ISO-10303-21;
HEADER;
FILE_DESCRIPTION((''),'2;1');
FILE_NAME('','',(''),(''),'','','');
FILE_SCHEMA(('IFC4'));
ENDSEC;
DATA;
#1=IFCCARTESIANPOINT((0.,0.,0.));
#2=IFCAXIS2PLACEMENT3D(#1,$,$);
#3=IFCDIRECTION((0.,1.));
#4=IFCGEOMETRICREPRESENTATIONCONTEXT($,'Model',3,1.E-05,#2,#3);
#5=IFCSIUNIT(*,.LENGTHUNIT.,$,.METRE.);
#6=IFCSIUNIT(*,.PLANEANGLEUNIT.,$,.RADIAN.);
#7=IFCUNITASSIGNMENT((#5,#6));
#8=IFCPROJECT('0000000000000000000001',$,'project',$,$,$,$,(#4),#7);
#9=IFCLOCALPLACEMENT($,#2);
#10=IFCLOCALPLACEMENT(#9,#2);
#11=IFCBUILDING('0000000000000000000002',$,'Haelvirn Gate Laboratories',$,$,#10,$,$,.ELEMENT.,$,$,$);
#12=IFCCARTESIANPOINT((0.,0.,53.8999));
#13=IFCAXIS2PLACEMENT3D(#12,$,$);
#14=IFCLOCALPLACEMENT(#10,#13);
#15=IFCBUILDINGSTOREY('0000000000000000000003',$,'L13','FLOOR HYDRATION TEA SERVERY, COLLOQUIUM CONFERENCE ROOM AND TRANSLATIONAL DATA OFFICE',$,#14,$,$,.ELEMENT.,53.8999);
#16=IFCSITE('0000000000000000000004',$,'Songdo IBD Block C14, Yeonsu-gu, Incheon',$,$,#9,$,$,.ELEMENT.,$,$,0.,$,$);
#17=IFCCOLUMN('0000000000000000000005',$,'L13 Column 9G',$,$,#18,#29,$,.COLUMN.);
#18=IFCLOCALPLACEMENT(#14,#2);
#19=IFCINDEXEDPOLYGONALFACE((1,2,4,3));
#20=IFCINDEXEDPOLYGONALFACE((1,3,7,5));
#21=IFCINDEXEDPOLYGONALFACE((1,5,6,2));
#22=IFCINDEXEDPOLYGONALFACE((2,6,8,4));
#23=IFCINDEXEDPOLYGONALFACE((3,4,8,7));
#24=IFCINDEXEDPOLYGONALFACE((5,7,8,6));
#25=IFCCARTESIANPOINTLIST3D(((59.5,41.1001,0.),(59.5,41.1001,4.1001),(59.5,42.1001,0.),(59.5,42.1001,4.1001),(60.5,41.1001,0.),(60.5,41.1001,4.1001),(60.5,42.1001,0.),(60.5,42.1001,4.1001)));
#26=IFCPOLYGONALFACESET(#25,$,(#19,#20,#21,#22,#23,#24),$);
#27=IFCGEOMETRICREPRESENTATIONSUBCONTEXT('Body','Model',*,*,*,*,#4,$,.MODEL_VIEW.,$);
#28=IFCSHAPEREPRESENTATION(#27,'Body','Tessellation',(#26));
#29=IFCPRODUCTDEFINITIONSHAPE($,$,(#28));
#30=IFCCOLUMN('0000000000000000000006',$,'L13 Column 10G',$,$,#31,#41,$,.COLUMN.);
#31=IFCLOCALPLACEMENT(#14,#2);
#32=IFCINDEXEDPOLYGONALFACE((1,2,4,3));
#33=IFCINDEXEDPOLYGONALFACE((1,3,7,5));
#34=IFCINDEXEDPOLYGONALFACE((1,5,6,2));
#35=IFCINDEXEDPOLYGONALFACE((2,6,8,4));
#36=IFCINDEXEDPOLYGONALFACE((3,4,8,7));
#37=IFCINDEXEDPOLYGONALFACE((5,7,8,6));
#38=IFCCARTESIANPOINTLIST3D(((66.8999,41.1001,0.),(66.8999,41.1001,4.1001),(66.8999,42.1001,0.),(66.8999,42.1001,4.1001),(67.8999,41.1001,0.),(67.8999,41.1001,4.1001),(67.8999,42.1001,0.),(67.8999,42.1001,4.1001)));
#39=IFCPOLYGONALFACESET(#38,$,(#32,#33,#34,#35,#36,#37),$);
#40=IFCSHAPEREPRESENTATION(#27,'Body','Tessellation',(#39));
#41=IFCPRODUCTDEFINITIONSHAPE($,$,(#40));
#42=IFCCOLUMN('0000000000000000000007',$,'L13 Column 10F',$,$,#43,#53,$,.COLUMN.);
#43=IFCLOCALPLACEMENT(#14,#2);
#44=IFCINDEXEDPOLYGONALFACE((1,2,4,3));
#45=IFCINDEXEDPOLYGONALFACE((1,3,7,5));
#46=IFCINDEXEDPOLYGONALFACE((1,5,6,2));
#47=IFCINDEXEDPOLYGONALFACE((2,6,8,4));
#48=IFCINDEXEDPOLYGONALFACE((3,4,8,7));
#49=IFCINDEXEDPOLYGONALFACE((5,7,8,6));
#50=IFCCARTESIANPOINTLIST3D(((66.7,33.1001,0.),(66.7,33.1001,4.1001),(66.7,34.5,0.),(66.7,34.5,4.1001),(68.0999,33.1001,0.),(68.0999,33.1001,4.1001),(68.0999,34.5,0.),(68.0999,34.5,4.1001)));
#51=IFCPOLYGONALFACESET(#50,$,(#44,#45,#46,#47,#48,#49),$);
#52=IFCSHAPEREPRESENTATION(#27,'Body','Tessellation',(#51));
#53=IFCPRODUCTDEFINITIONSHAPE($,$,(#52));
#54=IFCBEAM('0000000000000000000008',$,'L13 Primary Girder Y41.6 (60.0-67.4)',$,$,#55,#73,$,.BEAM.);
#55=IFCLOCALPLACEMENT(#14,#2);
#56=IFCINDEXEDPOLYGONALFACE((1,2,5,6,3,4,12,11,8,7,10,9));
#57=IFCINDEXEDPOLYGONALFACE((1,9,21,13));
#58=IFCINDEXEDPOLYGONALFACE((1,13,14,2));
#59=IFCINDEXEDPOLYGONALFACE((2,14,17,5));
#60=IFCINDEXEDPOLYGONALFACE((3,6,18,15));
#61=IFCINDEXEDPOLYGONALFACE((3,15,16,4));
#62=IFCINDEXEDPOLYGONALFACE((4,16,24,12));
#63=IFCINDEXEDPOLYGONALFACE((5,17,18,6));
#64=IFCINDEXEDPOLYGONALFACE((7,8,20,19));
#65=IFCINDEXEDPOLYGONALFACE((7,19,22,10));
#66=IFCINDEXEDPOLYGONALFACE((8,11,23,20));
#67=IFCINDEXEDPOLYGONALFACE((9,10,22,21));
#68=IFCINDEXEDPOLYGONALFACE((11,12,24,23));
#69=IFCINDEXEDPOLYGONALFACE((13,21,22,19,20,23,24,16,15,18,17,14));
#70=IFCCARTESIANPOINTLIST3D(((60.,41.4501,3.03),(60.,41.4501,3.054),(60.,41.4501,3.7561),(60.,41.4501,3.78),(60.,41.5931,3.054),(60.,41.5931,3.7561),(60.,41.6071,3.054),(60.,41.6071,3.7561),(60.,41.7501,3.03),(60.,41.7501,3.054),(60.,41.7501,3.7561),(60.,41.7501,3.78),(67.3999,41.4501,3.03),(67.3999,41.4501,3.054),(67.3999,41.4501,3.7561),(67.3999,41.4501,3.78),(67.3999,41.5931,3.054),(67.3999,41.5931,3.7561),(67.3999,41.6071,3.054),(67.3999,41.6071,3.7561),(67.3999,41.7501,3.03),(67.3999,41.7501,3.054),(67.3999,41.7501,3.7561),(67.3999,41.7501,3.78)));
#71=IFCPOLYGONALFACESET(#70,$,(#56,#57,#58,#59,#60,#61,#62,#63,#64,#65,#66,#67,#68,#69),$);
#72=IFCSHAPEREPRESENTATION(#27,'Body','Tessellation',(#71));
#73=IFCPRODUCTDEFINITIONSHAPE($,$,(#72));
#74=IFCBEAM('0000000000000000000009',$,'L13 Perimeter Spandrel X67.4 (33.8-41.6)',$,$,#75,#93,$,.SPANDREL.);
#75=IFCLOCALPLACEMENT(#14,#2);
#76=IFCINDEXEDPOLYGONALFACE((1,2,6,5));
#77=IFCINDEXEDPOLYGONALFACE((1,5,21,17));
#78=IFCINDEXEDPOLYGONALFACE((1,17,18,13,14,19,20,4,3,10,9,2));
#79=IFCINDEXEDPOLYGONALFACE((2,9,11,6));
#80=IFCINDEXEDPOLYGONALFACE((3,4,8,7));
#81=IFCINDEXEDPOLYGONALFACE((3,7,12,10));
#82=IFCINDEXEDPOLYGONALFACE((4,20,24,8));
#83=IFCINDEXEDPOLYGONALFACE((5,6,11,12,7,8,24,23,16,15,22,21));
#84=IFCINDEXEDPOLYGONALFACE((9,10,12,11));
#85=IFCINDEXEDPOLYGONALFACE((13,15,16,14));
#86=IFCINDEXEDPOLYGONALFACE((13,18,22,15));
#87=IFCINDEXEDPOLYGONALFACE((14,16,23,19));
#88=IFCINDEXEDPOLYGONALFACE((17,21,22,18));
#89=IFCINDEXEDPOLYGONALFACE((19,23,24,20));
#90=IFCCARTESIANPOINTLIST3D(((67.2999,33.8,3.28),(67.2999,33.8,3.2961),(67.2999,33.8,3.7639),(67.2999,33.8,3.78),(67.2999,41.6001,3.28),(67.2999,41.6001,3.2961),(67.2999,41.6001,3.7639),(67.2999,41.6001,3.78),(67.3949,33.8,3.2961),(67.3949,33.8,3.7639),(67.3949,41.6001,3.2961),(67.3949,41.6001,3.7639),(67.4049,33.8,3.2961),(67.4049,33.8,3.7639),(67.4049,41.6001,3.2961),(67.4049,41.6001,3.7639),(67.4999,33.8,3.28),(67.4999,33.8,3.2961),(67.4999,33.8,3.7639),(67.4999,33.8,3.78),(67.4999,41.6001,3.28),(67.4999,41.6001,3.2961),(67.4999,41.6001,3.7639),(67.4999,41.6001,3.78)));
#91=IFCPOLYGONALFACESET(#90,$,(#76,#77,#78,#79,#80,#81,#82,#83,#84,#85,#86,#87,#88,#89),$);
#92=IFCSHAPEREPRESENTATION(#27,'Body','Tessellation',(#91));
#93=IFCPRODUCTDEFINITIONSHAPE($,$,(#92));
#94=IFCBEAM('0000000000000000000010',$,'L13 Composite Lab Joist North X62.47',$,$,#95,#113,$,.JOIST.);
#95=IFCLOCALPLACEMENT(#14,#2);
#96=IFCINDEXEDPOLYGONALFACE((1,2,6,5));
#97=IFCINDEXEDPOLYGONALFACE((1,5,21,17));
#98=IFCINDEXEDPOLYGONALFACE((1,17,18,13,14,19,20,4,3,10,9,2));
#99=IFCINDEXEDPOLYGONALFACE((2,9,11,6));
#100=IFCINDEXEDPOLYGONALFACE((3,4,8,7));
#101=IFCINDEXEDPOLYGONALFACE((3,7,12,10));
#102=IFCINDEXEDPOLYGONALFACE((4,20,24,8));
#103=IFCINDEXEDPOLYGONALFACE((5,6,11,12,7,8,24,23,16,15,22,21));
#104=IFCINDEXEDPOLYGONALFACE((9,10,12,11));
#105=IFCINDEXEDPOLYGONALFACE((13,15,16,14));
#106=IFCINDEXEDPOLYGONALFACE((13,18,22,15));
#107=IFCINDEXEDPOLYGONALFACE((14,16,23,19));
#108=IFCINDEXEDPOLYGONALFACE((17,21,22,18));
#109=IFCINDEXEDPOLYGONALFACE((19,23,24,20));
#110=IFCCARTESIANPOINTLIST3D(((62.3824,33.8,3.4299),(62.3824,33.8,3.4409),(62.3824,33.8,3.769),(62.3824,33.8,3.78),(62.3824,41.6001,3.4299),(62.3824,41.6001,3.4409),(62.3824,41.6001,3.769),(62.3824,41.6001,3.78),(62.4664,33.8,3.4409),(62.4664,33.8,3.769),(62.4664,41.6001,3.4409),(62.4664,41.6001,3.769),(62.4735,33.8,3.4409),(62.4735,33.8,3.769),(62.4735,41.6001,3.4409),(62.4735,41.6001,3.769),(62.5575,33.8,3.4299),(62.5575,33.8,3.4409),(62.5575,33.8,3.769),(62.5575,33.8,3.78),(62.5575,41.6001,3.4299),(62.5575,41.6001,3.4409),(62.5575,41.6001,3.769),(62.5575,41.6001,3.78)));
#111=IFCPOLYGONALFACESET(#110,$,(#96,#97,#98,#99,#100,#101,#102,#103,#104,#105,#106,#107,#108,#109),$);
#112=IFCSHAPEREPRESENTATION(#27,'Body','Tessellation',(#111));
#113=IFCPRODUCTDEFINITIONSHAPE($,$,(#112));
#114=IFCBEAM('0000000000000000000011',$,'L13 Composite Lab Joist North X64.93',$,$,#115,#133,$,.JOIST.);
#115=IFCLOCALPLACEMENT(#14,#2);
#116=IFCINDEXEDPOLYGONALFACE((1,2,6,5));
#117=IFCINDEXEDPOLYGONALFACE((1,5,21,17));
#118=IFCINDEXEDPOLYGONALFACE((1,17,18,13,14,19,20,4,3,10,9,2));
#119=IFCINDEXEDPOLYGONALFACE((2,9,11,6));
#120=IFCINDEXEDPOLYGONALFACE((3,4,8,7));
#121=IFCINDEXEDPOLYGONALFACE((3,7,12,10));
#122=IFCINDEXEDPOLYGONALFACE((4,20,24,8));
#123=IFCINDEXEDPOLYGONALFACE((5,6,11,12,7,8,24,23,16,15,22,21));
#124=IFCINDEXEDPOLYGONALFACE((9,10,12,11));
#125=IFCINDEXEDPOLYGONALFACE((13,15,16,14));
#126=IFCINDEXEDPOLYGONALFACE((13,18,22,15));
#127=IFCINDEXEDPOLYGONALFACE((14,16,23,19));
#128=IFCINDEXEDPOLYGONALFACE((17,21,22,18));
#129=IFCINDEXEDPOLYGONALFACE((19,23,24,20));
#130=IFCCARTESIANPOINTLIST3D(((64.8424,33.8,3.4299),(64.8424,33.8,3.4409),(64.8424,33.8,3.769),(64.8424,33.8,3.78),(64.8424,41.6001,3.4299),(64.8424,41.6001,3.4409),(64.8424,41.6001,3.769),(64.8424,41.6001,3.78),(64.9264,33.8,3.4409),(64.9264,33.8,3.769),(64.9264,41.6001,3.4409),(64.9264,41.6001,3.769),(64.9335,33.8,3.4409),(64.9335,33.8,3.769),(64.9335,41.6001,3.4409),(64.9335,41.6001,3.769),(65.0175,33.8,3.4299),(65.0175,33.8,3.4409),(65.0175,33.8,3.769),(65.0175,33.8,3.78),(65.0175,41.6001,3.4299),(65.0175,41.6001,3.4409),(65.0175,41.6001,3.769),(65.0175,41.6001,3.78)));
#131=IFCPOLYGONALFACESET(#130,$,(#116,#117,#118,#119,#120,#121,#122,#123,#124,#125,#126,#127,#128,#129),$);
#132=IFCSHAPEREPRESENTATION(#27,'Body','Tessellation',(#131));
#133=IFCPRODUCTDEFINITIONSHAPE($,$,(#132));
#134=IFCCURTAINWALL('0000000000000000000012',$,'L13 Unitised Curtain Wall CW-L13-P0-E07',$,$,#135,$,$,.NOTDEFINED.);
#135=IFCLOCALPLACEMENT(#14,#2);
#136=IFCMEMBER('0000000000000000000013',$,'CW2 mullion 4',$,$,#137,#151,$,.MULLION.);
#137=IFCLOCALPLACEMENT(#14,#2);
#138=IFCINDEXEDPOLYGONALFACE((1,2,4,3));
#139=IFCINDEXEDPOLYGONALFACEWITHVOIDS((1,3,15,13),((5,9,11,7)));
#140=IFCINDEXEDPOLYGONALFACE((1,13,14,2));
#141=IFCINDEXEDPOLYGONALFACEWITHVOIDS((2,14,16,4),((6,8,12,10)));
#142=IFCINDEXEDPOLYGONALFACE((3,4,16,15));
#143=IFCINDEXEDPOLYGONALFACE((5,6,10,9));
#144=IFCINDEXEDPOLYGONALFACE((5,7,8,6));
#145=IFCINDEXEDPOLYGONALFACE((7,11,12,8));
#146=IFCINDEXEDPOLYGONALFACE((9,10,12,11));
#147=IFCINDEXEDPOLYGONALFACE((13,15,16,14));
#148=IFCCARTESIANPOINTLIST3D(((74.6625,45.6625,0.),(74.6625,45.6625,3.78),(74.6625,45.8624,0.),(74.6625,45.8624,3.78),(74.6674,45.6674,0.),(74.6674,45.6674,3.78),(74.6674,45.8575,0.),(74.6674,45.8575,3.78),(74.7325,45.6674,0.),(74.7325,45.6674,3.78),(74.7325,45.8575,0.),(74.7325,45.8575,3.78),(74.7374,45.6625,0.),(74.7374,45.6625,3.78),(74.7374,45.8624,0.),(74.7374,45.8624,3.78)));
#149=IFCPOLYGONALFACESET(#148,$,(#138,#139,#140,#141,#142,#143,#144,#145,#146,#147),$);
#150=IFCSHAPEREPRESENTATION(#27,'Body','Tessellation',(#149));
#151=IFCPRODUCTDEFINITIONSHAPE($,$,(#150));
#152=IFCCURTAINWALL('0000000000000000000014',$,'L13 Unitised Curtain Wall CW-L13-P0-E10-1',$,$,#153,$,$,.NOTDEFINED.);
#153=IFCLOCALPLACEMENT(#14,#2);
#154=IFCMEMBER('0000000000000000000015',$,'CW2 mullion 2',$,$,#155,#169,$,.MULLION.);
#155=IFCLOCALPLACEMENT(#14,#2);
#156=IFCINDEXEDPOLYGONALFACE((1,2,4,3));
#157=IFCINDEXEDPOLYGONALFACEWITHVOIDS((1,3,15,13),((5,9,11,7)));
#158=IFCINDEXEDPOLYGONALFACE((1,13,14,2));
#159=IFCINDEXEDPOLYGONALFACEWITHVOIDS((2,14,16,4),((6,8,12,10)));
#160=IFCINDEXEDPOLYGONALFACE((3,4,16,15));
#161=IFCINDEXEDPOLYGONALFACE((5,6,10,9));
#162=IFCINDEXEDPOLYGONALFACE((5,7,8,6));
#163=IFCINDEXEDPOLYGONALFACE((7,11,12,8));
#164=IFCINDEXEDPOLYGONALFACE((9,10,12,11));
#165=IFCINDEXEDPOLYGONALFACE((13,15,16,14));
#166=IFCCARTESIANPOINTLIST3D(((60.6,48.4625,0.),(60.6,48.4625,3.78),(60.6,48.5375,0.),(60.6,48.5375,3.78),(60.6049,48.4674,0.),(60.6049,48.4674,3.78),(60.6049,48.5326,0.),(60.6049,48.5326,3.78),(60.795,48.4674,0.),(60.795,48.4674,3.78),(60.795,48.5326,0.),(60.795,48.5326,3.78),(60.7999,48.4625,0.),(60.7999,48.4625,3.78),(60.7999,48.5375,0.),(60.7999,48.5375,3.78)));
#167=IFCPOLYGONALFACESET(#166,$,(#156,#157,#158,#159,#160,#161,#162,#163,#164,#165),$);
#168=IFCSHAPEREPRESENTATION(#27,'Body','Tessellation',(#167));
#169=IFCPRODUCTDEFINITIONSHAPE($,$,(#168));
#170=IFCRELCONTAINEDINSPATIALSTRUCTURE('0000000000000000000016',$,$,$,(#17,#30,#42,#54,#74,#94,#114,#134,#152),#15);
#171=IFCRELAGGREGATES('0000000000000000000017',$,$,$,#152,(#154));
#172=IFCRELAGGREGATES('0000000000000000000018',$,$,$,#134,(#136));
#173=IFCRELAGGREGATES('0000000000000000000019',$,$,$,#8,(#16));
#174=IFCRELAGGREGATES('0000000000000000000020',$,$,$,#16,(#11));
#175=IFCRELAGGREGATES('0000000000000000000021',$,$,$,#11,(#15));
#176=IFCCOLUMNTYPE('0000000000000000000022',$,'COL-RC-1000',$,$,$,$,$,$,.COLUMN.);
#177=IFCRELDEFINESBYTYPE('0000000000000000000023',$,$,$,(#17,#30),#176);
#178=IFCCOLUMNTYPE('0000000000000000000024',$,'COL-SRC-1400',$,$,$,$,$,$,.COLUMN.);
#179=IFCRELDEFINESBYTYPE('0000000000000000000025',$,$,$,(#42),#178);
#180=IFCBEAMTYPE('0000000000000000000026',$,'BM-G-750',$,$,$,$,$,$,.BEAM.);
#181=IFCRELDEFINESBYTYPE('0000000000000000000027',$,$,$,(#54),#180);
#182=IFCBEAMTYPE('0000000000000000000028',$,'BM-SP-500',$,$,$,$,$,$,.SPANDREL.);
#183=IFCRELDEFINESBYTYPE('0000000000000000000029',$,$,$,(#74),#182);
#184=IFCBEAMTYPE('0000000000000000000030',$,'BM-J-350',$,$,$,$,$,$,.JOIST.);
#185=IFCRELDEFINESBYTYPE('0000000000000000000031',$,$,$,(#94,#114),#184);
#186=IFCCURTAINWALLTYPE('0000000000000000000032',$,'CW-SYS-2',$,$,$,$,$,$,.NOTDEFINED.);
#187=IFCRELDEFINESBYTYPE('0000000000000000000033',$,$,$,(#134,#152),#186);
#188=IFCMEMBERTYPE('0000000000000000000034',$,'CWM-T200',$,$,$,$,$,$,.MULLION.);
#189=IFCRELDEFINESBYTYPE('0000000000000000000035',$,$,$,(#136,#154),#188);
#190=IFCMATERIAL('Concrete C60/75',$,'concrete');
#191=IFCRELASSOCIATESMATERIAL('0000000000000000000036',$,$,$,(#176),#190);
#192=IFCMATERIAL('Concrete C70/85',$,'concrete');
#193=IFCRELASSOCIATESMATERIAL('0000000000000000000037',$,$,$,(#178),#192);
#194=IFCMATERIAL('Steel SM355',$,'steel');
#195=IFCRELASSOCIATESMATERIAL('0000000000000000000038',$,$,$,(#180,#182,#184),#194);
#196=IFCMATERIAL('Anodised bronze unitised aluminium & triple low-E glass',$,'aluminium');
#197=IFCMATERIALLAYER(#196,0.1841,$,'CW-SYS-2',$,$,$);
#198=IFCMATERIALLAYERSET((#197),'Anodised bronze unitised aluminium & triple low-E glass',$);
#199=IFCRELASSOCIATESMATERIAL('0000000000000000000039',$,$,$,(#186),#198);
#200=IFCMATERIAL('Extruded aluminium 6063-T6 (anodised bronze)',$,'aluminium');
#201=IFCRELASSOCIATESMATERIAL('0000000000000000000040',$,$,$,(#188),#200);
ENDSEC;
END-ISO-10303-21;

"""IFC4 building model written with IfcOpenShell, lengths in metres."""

from ifc_helpers import new_model, si_unit, direction, frame, origin, origin_2d, place, context, subcontext, project, spatial, rectangle, hollow_rectangle, i_section, extrude, source, transform, mapped, material, layer, layer_set, material_profile, profile_set, type_object, type_shapes, element, aggregate, save


model = new_model("IFC4")

# Units and contexts
model_context = context("Model", 3, precision=1e-05, world=origin(), true_north=direction((0.0, 1.0)))
body_context = subcontext(model_context, "Body", "Model", "MODEL_VIEW")
ifc_project = project(units=[si_unit("LENGTHUNIT", "METRE"), si_unit("PLANEANGLEUNIT", "RADIAN")], contexts=[model_context])

# Site, building, storey
site_placement = place(None, origin())
site = spatial("IfcSite", under=ifc_project, at=site_placement, Name="Songdo IBD Block C14, Yeonsu-gu, Incheon", CompositionType="ELEMENT", RefElevation=0.0)
building_placement = place(site_placement, origin())
building = spatial("IfcBuilding", under=site, at=building_placement, Name="Haelvirn Gate Laboratories", CompositionType="ELEMENT")
storey_placement = place(building_placement, frame((0.0, 0.0, 53.8999)))
storey = spatial("IfcBuildingStorey", under=building, at=storey_placement, Name="L13", Description="FLOOR HYDRATION TEA SERVERY, COLLOQUIUM CONFERENCE ROOM AND TRANSLATIONAL DATA OFFICE", CompositionType="ELEMENT", Elevation=53.8999)

# Columns
ifc_material_1 = material(Name="Concrete C60/75", Category="concrete")
ifc_material_profile_1 = material_profile(ifc_material_1, rectangle(XDim=1.0, YDim=1.0, at=origin_2d()), Name="RC-1000x1000")
ifc_profile_set_1 = profile_set([ifc_material_profile_1], Name="Concrete C60/75")
column_type_1 = type_object("IfcColumnType", Name="COL-RC-1000", PredefinedType="COLUMN", material=ifc_profile_set_1)
shared_shape_1 = source(origin(), body_context, "Body", "SweptSolid", [
    extrude(rectangle(XDim=1.0, YDim=1.0, at=origin_2d()), origin(), (0.0, 0.0, 1.0), 4.1001),
])
type_shapes(column_type_1, [shared_shape_1])
for number, where, z_axis, x_axis, name in (
    (1, (60.0, 41.6001, 0.0), (0.0, 0.0, 1.0), (1.0, 0.0, 0.0), "L13 Column 9G"),
    (2, (67.3999, 41.6001, 0.0), (0.0, 0.0, 1.0), (1.0, 0.0, 0.0), "L13 Column 10G"),
):
    element("IfcColumn", number, at=place(storey_placement, frame(where, z_axis=z_axis, x_axis=x_axis)), inside=storey, type_object=column_type_1, Name=name, PredefinedType="COLUMN", context=body_context, shape_type="MappedRepresentation", body=[
        mapped(shared_shape_1, transform((0.0, 0.0, 0.0), scale=1.0)),
    ])
ifc_material_2 = material(Name="Concrete C70/85", Category="concrete")
ifc_material_profile_2 = material_profile(ifc_material_2, rectangle(XDim=1.3999, YDim=1.3999, at=origin_2d()), Name="SRC-1400x1400")
ifc_profile_set_2 = profile_set([ifc_material_profile_2], Name="Concrete C70/85")
column_type_2 = type_object("IfcColumnType", Name="COL-SRC-1400", PredefinedType="COLUMN", material=ifc_profile_set_2)
shared_shape_2 = source(origin(), body_context, "Body", "SweptSolid", [
    extrude(rectangle(XDim=1.3999, YDim=1.3999, at=origin_2d()), origin(), (0.0, 0.0, 1.0), 4.1001),
])
type_shapes(column_type_2, [shared_shape_2])
column_placement = place(storey_placement, frame((67.3999, 33.8, 0.0), z_axis=(0.0, 0.0, 1.0), x_axis=(1.0, 0.0, 0.0)))
element("IfcColumn", 3, at=column_placement, inside=storey, type_object=column_type_2, Name="L13 Column 10F", PredefinedType="COLUMN", context=body_context, shape_type="MappedRepresentation", body=[
    mapped(shared_shape_2, transform((0.0, 0.0, 0.0), scale=1.0)),
])

# Beams
ifc_material_3 = material(Name="Steel SM355", Category="steel")
ifc_material_profile_3 = material_profile(ifc_material_3, i_section(OverallWidth=0.3, OverallDepth=0.75, WebThickness=0.0139, FlangeThickness=0.0239, at=origin_2d()), Name="H-750x300x14x24")
ifc_profile_set_3 = profile_set([ifc_material_profile_3], Name="Steel SM355")
beam_type_1 = type_object("IfcBeamType", Name="BM-G-750", PredefinedType="BEAM", material=ifc_profile_set_3)
shared_shape_3 = source(origin(), body_context, "Body", "SweptSolid", [
    extrude(i_section(OverallWidth=0.3, OverallDepth=0.75, WebThickness=0.0139, FlangeThickness=0.0239, at=origin_2d()), origin(), (0.0, 0.0, 1.0), 7.3999),
])
type_shapes(beam_type_1, [shared_shape_3])
beam_1_placement = place(storey_placement, frame((60.0, 41.6001, 3.405), z_axis=(1.0, 0.0, 0.0), x_axis=(0.0, 1.0, 0.0)))
element("IfcBeam", 4, at=beam_1_placement, inside=storey, type_object=beam_type_1, Name="L13 Primary Girder Y41.6 (60.0-67.4)", PredefinedType="BEAM", context=body_context, shape_type="MappedRepresentation", body=[
    mapped(shared_shape_3, transform((0.0, 0.0, 0.0), scale=1.0)),
])
ifc_material_profile_4 = material_profile(ifc_material_3, i_section(OverallWidth=0.2, OverallDepth=0.5, WebThickness=0.01, FlangeThickness=0.0161, at=origin_2d()), Name="H-500x200x10x16")
ifc_profile_set_4 = profile_set([ifc_material_profile_4], Name="Steel SM355")
beam_type_2 = type_object("IfcBeamType", Name="BM-SP-500", PredefinedType="SPANDREL", material=ifc_profile_set_4)
shared_shape_4 = source(origin(), body_context, "Body", "SweptSolid", [
    extrude(i_section(OverallWidth=0.2, OverallDepth=0.5, WebThickness=0.01, FlangeThickness=0.0161, at=origin_2d()), origin(), (0.0, 0.0, 1.0), 7.8),
])
type_shapes(beam_type_2, [shared_shape_4])
beam_2_placement = place(storey_placement, frame((67.3999, 33.8, 3.53), z_axis=(0.0, 1.0, 0.0), x_axis=(-1.0, 0.0, 0.0)))
element("IfcBeam", 5, at=beam_2_placement, inside=storey, type_object=beam_type_2, Name="L13 Perimeter Spandrel X67.4 (33.8-41.6)", PredefinedType="SPANDREL", context=body_context, shape_type="MappedRepresentation", body=[
    mapped(shared_shape_4, transform((0.0, 0.0, 0.0), scale=1.0)),
])
ifc_material_profile_5 = material_profile(ifc_material_3, i_section(OverallWidth=0.175, OverallDepth=0.3501, WebThickness=0.0071, FlangeThickness=0.011, at=origin_2d()), Name="H-350x175x7x11")
ifc_profile_set_5 = profile_set([ifc_material_profile_5], Name="Steel SM355")
beam_type_3 = type_object("IfcBeamType", Name="BM-J-350", PredefinedType="JOIST", material=ifc_profile_set_5)
shared_shape_5 = source(origin(), body_context, "Body", "SweptSolid", [
    extrude(i_section(OverallWidth=0.175, OverallDepth=0.3501, WebThickness=0.0071, FlangeThickness=0.011, at=origin_2d()), origin(), (0.0, 0.0, 1.0), 7.8),
])
type_shapes(beam_type_3, [shared_shape_5])
for number, where, z_axis, x_axis, name in (
    (6, (62.47, 33.8, 3.605), (0.0, 1.0, 0.0), (-1.0, 0.0, 0.0), "L13 Composite Lab Joist North X62.47"),
    (7, (64.9299, 33.8, 3.605), (0.0, 1.0, 0.0), (-1.0, 0.0, 0.0), "L13 Composite Lab Joist North X64.93"),
):
    element("IfcBeam", number, at=place(storey_placement, frame(where, z_axis=z_axis, x_axis=x_axis)), inside=storey, type_object=beam_type_3, Name=name, PredefinedType="JOIST", context=body_context, shape_type="MappedRepresentation", body=[
        mapped(shared_shape_5, transform((0.0, 0.0, 0.0), scale=1.0)),
    ])

# Curtain wall, member
ifc_material_4 = material(Name="Anodised bronze unitised aluminium & triple low-E glass", Category="aluminium")
ifc_layer_1 = layer(ifc_material_4, 0.1841, Name="CW-SYS-2")
ifc_layer_set_1 = layer_set([ifc_layer_1], Name="Anodised bronze unitised aluminium & triple low-E glass")
curtain_wall_type_1 = type_object("IfcCurtainWallType", Name="CW-SYS-2", PredefinedType="NOTDEFINED", material=ifc_layer_set_1)
curtain_wall_1_placement = place(storey_placement, origin())
curtain_wall_1 = element("IfcCurtainWall", 8, at=curtain_wall_1_placement, inside=storey, type_object=curtain_wall_type_1, Name="L13 Unitised Curtain Wall CW-L13-P0-E07", PredefinedType="NOTDEFINED")
ifc_material_5 = material(Name="Extruded aluminium 6063-T6 (anodised bronze)", Category="aluminium")
ifc_material_profile_6 = material_profile(ifc_material_5, hollow_rectangle(XDim=0.075, YDim=0.2, WallThickness=0.0049, at=origin_2d()), Name="CWM-200x75x5")
ifc_profile_set_6 = profile_set([ifc_material_profile_6], Name="Extruded aluminium 6063-T6 (anodised bronze)")
member_type_1 = type_object("IfcMemberType", Name="CWM-T200", PredefinedType="MULLION", material=ifc_profile_set_6)
shared_shape_6 = source(origin(), body_context, "Body", "SweptSolid", [
    extrude(hollow_rectangle(XDim=0.075, YDim=0.2, WallThickness=0.0049, at=origin_2d()), origin(), (0.0, 0.0, 1.0), 3.78),
])
type_shapes(member_type_1, [shared_shape_6])
member_1_placement = place(storey_placement, frame((74.7, 45.7625, 0.0), z_axis=(0.0, 0.0, 1.0), x_axis=(-1.0, 0.0, 0.0)))
member_1 = element("IfcMember", 9, at=member_1_placement, type_object=member_type_1, Name="CW2 mullion 4", PredefinedType="MULLION", context=body_context, shape_type="MappedRepresentation", body=[
    mapped(shared_shape_6, transform((0.0, 0.0, 0.0), scale=1.0)),
])

# Curtain wall, member
curtain_wall_2_placement = place(storey_placement, origin())
curtain_wall_2 = element("IfcCurtainWall", 10, at=curtain_wall_2_placement, inside=storey, type_object=curtain_wall_type_1, Name="L13 Unitised Curtain Wall CW-L13-P0-E10-1", PredefinedType="NOTDEFINED")
member_2_placement = place(storey_placement, frame((60.7, 48.5, 0.0), z_axis=(0.0, 0.0, 1.0), x_axis=(0.0, 1.0, 0.0)))
member_2 = element("IfcMember", 11, at=member_2_placement, type_object=member_type_1, Name="CW2 mullion 2", PredefinedType="MULLION", context=body_context, shape_type="MappedRepresentation", body=[
    mapped(shared_shape_6, transform((0.0, 0.0, 0.0), scale=1.0)),
])

aggregate(curtain_wall_2, [member_2])
aggregate(curtain_wall_1, [member_1])

save(model, "model.ifc")
